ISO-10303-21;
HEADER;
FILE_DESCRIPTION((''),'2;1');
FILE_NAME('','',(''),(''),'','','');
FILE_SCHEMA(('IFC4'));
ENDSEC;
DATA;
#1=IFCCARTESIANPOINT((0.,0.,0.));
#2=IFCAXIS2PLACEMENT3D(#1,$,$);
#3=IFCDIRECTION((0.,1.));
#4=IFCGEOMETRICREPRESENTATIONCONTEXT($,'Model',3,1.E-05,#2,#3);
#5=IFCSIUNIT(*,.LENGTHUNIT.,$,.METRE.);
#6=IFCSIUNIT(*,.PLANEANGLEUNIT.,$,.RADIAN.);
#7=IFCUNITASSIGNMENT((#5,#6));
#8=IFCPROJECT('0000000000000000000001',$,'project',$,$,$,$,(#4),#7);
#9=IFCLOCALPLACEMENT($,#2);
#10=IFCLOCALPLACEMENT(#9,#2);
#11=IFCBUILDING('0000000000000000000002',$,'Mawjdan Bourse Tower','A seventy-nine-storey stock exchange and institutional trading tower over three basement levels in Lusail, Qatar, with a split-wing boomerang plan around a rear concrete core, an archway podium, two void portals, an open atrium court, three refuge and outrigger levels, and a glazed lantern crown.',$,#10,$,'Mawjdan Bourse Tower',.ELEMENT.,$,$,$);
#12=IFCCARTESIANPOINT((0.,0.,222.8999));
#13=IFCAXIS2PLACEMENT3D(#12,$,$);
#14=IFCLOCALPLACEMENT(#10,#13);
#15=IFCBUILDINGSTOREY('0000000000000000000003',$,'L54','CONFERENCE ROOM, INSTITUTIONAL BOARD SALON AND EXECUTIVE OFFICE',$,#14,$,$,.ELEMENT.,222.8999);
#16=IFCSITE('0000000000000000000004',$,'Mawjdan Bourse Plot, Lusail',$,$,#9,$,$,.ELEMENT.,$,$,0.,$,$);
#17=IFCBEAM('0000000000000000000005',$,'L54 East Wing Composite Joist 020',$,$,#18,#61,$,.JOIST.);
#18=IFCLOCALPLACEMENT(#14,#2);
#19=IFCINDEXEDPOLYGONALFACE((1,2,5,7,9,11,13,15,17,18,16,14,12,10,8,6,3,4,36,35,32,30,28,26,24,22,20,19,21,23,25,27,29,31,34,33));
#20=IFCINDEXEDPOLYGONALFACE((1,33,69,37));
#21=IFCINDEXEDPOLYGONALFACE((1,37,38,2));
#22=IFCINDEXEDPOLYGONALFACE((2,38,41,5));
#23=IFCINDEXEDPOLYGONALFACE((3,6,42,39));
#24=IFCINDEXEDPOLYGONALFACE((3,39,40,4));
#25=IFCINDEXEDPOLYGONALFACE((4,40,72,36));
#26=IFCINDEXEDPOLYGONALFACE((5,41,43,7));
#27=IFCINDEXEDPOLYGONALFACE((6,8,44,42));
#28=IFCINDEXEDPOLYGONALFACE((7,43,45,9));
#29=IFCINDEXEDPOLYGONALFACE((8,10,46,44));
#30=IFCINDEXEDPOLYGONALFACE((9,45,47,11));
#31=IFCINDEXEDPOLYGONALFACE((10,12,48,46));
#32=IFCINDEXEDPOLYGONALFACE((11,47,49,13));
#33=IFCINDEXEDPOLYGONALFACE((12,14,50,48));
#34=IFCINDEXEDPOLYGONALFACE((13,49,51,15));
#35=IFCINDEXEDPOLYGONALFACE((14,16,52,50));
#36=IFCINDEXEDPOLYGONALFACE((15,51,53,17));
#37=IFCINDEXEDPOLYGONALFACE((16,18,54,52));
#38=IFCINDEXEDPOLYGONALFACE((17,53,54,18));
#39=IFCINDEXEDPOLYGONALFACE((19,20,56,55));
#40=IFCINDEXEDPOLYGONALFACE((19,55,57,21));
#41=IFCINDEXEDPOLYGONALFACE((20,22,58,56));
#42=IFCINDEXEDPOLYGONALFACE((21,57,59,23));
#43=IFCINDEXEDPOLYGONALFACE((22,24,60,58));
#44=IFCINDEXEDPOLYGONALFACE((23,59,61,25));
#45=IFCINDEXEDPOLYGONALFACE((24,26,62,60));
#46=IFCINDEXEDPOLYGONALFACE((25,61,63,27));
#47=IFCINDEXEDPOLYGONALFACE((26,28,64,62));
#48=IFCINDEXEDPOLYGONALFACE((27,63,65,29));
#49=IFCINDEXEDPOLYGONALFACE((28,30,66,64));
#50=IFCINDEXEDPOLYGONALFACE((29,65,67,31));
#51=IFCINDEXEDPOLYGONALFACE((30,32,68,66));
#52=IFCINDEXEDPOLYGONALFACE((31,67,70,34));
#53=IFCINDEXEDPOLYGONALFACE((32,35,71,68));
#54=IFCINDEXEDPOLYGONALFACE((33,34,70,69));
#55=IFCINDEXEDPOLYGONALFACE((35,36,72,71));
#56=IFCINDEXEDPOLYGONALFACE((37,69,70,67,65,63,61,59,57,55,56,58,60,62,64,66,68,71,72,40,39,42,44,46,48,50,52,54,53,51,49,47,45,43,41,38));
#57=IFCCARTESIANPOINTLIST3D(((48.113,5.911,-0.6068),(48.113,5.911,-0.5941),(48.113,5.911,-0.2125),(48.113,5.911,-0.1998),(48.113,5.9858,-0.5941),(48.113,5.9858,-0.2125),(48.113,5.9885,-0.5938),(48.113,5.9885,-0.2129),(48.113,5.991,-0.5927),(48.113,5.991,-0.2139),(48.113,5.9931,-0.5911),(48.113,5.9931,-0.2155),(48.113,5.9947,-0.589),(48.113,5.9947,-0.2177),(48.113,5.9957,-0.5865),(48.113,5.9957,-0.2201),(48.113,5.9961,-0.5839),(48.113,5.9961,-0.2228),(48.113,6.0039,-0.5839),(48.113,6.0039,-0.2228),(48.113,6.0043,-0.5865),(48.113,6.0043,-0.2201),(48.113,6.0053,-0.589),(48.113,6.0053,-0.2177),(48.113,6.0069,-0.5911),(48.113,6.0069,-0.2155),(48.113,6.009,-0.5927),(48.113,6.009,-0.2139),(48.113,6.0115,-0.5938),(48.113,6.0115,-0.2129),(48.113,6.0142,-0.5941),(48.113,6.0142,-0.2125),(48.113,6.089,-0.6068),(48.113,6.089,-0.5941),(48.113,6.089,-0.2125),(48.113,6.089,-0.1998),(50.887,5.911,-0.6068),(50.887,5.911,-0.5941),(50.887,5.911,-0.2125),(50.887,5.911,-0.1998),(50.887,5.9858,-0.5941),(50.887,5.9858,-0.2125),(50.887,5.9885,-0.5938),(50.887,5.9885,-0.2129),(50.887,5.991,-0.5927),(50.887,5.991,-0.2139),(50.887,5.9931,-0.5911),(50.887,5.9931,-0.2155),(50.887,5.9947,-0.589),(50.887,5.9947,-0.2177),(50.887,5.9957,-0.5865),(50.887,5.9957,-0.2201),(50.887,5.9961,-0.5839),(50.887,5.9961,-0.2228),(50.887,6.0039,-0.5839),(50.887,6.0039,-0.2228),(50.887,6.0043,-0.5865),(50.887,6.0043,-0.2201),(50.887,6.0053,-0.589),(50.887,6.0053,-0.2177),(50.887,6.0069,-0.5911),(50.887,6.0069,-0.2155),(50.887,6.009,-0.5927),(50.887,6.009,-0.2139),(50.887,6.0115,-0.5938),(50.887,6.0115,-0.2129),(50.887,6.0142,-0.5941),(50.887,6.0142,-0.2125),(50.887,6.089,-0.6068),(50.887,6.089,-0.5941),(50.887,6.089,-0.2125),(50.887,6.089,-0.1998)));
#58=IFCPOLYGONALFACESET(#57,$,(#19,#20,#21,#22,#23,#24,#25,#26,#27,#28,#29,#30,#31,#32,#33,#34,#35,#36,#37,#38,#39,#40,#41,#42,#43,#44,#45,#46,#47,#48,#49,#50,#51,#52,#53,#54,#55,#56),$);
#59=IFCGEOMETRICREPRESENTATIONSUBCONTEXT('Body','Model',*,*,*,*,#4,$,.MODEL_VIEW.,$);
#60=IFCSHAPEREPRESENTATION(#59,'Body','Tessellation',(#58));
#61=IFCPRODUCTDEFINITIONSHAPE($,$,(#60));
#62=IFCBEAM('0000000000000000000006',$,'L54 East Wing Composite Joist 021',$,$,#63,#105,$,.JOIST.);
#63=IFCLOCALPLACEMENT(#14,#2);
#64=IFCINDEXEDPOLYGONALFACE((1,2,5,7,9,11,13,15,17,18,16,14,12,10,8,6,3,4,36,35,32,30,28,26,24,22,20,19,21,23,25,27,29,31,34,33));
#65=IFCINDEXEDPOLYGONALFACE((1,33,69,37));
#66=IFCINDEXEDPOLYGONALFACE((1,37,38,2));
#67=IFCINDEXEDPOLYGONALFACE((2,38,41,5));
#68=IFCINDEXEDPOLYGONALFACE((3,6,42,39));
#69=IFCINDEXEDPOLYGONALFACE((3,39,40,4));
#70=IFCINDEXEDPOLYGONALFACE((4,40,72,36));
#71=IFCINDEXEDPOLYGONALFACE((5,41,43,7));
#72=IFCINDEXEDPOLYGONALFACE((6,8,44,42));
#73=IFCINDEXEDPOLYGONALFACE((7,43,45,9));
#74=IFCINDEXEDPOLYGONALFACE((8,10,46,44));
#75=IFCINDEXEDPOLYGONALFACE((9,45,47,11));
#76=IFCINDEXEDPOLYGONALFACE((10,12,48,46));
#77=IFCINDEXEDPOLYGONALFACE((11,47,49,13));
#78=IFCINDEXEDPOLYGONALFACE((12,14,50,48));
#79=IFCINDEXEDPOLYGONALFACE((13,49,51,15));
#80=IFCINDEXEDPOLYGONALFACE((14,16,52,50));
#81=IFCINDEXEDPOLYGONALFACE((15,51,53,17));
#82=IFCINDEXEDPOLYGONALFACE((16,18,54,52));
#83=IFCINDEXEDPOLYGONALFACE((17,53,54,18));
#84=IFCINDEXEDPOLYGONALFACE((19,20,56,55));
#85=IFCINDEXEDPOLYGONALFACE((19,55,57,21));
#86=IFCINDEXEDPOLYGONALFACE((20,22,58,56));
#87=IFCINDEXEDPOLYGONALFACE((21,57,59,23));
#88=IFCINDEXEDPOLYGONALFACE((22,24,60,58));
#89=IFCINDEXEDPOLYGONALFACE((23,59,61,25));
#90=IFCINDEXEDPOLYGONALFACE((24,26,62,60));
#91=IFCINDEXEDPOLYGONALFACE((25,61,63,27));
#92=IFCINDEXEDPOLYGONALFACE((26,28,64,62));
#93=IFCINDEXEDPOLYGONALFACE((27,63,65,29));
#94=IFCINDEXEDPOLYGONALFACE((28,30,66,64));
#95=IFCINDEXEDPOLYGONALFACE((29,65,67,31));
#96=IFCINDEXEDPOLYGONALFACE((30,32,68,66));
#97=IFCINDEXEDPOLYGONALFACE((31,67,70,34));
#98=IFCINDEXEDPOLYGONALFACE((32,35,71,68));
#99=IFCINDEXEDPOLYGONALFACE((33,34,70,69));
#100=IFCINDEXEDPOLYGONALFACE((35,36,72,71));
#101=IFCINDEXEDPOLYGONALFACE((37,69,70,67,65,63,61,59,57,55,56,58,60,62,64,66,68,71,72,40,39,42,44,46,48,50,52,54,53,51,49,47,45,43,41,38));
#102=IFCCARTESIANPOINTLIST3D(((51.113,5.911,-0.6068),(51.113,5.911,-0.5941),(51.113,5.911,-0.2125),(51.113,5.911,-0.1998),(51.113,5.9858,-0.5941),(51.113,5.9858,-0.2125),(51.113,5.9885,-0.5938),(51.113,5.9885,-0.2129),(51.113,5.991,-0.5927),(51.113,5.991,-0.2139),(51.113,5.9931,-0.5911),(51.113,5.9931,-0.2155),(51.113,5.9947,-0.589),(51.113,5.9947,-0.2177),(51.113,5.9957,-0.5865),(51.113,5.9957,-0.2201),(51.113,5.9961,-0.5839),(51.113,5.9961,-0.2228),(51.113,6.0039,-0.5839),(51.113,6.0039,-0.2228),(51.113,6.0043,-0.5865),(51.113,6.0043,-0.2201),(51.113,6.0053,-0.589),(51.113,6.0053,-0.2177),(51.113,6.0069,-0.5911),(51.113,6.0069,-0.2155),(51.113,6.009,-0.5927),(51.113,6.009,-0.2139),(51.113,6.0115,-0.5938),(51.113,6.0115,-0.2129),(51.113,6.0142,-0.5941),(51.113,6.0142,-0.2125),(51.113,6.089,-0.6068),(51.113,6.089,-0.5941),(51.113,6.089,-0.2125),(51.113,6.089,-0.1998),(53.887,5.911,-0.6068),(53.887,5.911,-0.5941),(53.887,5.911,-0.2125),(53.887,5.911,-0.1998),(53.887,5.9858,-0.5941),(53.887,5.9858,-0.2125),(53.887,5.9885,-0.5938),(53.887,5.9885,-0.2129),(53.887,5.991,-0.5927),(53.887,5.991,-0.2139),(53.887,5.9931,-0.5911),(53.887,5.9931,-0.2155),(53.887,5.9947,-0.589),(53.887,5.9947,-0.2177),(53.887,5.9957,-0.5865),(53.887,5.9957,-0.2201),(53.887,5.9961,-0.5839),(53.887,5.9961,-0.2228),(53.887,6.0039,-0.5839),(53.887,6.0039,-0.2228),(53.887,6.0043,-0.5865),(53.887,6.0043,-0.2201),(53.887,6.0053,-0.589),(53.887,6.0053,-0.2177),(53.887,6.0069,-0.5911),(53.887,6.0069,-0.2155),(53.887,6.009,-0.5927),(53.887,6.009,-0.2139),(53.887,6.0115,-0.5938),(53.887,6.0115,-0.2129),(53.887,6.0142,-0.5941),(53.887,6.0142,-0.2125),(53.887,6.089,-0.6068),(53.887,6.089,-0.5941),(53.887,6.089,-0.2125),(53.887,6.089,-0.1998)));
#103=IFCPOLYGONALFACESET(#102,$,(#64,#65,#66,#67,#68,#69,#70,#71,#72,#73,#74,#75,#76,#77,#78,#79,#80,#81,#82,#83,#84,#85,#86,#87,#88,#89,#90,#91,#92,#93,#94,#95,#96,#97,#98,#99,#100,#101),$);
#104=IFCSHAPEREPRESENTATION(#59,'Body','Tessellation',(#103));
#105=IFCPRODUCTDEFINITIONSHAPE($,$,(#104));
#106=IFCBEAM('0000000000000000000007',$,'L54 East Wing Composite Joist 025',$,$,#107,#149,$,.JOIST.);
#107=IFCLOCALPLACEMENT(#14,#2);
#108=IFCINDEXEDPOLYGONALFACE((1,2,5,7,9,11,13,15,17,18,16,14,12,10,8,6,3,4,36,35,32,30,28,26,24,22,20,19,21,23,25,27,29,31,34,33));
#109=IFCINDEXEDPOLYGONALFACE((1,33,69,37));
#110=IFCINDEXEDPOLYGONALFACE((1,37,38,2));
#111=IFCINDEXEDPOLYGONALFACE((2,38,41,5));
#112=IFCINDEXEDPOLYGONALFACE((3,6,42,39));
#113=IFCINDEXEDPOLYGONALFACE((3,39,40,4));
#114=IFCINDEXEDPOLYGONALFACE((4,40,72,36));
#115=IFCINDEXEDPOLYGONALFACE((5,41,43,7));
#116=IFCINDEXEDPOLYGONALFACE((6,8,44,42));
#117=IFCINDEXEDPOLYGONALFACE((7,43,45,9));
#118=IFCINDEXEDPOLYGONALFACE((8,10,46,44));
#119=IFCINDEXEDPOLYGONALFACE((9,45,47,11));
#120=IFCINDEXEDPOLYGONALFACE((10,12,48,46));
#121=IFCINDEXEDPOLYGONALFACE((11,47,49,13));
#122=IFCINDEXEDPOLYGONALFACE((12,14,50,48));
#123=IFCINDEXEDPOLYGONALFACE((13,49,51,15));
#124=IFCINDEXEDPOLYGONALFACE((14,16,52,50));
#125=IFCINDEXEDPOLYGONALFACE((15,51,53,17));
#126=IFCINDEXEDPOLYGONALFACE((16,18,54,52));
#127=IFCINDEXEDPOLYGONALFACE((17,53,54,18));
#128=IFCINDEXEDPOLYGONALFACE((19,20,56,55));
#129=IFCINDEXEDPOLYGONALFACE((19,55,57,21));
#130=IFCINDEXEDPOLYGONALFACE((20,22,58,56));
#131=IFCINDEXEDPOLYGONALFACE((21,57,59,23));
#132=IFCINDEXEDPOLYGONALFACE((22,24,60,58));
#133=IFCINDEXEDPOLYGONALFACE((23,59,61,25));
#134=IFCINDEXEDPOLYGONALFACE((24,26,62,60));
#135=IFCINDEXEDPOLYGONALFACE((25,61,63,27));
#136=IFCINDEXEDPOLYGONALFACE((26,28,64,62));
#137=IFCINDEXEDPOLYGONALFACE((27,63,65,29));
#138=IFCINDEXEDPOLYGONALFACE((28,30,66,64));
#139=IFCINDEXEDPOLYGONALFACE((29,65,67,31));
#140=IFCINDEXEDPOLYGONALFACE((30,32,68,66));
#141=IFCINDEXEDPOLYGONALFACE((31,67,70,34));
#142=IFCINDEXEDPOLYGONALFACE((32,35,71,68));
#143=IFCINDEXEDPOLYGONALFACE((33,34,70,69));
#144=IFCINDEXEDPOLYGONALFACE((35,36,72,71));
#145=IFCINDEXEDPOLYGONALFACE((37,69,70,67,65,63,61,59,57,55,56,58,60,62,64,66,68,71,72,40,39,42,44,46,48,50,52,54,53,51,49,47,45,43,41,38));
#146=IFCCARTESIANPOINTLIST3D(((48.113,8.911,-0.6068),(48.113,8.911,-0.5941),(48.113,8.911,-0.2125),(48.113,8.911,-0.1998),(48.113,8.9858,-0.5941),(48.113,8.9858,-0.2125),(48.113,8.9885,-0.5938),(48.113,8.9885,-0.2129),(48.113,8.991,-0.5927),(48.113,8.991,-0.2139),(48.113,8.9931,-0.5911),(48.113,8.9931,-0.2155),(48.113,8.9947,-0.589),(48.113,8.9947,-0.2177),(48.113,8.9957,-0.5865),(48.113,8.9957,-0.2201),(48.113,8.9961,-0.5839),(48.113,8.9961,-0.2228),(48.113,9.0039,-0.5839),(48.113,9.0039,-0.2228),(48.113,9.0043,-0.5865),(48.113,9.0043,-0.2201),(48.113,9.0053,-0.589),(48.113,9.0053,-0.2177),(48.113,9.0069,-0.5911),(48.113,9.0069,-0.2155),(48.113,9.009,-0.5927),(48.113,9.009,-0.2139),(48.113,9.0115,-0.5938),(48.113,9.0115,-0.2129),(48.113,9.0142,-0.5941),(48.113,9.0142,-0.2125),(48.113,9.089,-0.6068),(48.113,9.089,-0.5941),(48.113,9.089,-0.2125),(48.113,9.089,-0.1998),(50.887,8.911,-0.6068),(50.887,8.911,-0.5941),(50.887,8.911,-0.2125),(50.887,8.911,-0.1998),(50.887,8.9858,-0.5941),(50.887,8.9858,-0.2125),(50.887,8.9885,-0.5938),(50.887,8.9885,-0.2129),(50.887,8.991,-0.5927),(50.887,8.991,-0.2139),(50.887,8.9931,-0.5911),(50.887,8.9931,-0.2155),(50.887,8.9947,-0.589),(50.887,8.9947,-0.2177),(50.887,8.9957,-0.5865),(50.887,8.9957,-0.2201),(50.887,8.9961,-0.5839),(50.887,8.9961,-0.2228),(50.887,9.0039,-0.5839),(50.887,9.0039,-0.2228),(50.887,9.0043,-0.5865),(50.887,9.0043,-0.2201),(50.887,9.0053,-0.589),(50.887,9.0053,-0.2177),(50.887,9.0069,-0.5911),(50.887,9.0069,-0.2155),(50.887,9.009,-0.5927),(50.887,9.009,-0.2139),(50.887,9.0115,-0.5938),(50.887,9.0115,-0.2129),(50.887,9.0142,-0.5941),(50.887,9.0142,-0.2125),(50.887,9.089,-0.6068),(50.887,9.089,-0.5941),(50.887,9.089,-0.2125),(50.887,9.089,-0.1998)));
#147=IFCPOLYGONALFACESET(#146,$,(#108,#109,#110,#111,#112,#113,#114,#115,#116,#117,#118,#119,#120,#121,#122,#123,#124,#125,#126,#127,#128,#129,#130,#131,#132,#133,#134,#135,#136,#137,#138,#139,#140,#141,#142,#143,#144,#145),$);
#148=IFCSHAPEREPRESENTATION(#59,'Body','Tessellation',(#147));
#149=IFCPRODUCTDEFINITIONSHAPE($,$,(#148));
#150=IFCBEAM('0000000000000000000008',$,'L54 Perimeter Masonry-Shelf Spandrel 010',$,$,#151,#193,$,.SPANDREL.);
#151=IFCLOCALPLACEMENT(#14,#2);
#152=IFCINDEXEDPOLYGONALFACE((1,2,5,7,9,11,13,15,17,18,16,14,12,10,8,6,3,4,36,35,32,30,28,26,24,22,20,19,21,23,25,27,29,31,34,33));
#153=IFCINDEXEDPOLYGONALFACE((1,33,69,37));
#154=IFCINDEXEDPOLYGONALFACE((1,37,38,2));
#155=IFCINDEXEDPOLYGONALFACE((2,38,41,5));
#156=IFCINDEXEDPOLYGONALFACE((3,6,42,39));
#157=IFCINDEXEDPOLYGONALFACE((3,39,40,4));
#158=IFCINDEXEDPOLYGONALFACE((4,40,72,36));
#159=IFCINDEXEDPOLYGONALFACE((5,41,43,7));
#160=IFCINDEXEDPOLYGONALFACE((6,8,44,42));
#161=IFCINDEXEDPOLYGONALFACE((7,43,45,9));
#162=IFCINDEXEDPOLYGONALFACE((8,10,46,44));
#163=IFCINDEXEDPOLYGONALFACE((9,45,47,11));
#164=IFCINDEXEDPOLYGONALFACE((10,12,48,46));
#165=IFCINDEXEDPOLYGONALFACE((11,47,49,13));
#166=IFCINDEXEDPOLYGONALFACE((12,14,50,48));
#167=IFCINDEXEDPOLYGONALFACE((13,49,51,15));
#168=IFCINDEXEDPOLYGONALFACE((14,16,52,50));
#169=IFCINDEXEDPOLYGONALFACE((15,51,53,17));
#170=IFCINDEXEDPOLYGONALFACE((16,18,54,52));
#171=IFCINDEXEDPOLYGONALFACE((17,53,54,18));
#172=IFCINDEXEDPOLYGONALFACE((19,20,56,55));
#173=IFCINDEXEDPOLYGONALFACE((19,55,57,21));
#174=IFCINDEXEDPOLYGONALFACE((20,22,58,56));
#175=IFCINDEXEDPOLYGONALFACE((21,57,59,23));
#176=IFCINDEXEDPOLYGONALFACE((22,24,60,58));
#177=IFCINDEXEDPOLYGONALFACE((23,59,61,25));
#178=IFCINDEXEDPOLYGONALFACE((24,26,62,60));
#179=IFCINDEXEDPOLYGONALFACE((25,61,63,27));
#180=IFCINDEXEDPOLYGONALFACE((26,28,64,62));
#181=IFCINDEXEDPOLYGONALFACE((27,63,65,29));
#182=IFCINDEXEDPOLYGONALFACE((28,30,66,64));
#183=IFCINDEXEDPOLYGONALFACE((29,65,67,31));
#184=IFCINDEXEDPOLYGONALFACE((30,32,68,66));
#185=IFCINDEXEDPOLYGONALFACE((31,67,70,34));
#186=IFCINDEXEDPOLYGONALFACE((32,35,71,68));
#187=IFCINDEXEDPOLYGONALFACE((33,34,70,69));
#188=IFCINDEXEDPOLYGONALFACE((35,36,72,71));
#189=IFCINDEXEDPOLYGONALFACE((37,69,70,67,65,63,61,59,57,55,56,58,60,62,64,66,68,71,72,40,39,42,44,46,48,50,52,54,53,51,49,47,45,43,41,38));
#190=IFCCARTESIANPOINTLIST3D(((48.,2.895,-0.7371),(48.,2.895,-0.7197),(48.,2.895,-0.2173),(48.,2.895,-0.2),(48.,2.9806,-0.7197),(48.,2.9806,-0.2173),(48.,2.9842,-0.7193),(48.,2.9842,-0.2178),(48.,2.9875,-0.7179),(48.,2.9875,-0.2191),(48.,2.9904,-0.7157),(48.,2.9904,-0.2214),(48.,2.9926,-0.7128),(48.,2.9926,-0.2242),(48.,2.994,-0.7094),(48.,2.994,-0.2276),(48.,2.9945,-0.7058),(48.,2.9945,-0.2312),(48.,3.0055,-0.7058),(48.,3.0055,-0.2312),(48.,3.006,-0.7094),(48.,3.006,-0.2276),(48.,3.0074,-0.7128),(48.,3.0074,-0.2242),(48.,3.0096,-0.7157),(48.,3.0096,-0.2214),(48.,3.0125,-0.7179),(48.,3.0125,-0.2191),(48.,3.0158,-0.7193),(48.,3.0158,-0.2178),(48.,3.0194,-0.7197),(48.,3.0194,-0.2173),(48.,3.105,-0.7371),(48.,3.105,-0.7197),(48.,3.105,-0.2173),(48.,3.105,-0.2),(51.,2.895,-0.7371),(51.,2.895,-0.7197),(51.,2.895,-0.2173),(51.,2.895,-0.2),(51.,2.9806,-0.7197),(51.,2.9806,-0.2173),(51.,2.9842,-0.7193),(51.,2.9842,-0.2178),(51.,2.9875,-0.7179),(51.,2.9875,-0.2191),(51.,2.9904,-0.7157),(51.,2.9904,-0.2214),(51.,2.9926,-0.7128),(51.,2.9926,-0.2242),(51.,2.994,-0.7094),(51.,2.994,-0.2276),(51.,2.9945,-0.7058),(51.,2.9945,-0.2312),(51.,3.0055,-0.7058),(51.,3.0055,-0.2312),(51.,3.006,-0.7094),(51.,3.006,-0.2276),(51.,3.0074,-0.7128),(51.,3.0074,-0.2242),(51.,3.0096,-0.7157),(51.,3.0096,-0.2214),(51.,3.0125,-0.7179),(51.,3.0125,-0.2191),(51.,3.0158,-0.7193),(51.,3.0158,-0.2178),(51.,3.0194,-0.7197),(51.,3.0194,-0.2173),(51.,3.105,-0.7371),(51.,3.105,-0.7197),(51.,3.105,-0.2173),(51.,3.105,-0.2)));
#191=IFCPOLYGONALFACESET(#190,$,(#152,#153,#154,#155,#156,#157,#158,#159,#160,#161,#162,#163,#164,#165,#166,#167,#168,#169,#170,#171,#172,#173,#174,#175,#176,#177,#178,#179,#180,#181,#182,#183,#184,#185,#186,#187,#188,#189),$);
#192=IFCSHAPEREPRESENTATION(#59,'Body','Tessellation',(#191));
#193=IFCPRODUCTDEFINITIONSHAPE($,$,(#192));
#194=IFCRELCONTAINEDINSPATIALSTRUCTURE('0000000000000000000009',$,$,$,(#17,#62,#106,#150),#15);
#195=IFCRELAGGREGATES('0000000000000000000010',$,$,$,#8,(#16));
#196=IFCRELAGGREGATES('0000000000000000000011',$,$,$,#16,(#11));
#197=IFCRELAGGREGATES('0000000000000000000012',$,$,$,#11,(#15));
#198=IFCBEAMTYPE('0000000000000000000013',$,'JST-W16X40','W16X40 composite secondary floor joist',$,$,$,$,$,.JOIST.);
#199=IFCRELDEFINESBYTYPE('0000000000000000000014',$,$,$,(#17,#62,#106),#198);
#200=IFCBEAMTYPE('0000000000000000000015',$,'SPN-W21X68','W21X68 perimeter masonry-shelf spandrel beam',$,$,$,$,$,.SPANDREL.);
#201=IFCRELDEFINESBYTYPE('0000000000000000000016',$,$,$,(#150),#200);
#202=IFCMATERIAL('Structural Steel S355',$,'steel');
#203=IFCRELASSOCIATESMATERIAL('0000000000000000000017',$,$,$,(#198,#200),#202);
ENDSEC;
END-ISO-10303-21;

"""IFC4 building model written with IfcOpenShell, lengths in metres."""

from ifc_helpers import new_model, si_unit, direction, frame, origin, origin_2d, place, context, subcontext, project, spatial, i_section, extrude, material, material_profile, profile_set, type_object, element, save


model = new_model("IFC4")

# Units and contexts
model_context = context("Model", 3, precision=1e-05, world=origin(), true_north=direction((0.0, 1.0)))
body_context = subcontext(model_context, "Body", "Model", "MODEL_VIEW")
ifc_project = project(units=[si_unit("LENGTHUNIT", "METRE"), si_unit("PLANEANGLEUNIT", "RADIAN")], contexts=[model_context])

# Site, building, storey
site_placement = place(None, origin())
site = spatial("IfcSite", under=ifc_project, at=site_placement, Name="Mawjdan Bourse Plot, Lusail", CompositionType="ELEMENT", RefElevation=0.0)
building_placement = place(site_placement, origin())
building = spatial("IfcBuilding", under=site, at=building_placement, Name="Mawjdan Bourse Tower", Description="A seventy-nine-storey stock exchange and institutional trading tower over three basement levels in Lusail, Qatar, with a split-wing boomerang plan around a rear concrete core, an archway podium, two void portals, an open atrium court, three refuge and outrigger levels, and a glazed lantern crown.", LongName="Mawjdan Bourse Tower", CompositionType="ELEMENT")
storey_placement = place(building_placement, frame((0.0, 0.0, 222.8999)))
storey = spatial("IfcBuildingStorey", under=building, at=storey_placement, Name="L54", Description="CONFERENCE ROOM, INSTITUTIONAL BOARD SALON AND EXECUTIVE OFFICE", CompositionType="ELEMENT", Elevation=222.8999)

# Beams
ifc_material_1 = material(Name="Structural Steel S355", Category="steel")
ifc_material_profile_1 = material_profile(ifc_material_1, i_section(OverallWidth=0.178, OverallDepth=0.407, WebThickness=0.0078, FlangeThickness=0.0127, FilletRadius=0.0103, at=origin_2d()), Name="W16X40")
ifc_profile_set_1 = profile_set([ifc_material_profile_1], Name="Structural Steel S355")
beam_type_1 = type_object("IfcBeamType", Name="JST-W16X40", Description="W16X40 composite secondary floor joist", PredefinedType="JOIST", material=ifc_profile_set_1)
for number, where, z_axis, x_axis, name in (
    (1, (48.113, 6.0, -0.4033), (1.0, 0.0, 0.0), (0.0, 1.0, 0.0), "L54 East Wing Composite Joist 020"),
    (2, (51.113, 6.0, -0.4033), (1.0, 0.0, 0.0), (0.0, 1.0, 0.0), "L54 East Wing Composite Joist 021"),
    (3, (48.113, 9.0, -0.4033), (1.0, 0.0, 0.0), (0.0, 1.0, 0.0), "L54 East Wing Composite Joist 025"),
):
    element("IfcBeam", number, at=place(storey_placement, frame(where, z_axis=z_axis, x_axis=x_axis)), inside=storey, type_object=beam_type_1, Name=name, PredefinedType="JOIST", context=body_context, shape_type="SweptSolid", body=[
        extrude(i_section(OverallWidth=0.178, OverallDepth=0.407, WebThickness=0.0078, FlangeThickness=0.0127, FilletRadius=0.0103, at=origin_2d()), origin(), (0.0, 0.0, 1.0), 2.7739),
    ])
ifc_material_profile_2 = material_profile(ifc_material_1, i_section(OverallWidth=0.21, OverallDepth=0.5371, WebThickness=0.011, FlangeThickness=0.0173, FilletRadius=0.0139, at=origin_2d()), Name="W21X68")
ifc_profile_set_2 = profile_set([ifc_material_profile_2], Name="Structural Steel S355")
beam_type_2 = type_object("IfcBeamType", Name="SPN-W21X68", Description="W21X68 perimeter masonry-shelf spandrel beam", PredefinedType="SPANDREL", material=ifc_profile_set_2)
for number, where, z_axis, x_axis, name in (
    (4, (48.0, 3.0, -0.4685), (1.0, 0.0, 0.0), (0.0, 1.0, 0.0), "L54 Perimeter Masonry-Shelf Spandrel 010"),
):
    element("IfcBeam", number, at=place(storey_placement, frame(where, z_axis=z_axis, x_axis=x_axis)), inside=storey, type_object=beam_type_2, Name=name, PredefinedType="SPANDREL", context=body_context, shape_type="SweptSolid", body=[
        extrude(i_section(OverallWidth=0.21, OverallDepth=0.5371, WebThickness=0.011, FlangeThickness=0.0173, FilletRadius=0.0139, at=origin_2d()), origin(), (0.0, 0.0, 1.0), 3.0),
    ])

save(model, "model.ifc")
